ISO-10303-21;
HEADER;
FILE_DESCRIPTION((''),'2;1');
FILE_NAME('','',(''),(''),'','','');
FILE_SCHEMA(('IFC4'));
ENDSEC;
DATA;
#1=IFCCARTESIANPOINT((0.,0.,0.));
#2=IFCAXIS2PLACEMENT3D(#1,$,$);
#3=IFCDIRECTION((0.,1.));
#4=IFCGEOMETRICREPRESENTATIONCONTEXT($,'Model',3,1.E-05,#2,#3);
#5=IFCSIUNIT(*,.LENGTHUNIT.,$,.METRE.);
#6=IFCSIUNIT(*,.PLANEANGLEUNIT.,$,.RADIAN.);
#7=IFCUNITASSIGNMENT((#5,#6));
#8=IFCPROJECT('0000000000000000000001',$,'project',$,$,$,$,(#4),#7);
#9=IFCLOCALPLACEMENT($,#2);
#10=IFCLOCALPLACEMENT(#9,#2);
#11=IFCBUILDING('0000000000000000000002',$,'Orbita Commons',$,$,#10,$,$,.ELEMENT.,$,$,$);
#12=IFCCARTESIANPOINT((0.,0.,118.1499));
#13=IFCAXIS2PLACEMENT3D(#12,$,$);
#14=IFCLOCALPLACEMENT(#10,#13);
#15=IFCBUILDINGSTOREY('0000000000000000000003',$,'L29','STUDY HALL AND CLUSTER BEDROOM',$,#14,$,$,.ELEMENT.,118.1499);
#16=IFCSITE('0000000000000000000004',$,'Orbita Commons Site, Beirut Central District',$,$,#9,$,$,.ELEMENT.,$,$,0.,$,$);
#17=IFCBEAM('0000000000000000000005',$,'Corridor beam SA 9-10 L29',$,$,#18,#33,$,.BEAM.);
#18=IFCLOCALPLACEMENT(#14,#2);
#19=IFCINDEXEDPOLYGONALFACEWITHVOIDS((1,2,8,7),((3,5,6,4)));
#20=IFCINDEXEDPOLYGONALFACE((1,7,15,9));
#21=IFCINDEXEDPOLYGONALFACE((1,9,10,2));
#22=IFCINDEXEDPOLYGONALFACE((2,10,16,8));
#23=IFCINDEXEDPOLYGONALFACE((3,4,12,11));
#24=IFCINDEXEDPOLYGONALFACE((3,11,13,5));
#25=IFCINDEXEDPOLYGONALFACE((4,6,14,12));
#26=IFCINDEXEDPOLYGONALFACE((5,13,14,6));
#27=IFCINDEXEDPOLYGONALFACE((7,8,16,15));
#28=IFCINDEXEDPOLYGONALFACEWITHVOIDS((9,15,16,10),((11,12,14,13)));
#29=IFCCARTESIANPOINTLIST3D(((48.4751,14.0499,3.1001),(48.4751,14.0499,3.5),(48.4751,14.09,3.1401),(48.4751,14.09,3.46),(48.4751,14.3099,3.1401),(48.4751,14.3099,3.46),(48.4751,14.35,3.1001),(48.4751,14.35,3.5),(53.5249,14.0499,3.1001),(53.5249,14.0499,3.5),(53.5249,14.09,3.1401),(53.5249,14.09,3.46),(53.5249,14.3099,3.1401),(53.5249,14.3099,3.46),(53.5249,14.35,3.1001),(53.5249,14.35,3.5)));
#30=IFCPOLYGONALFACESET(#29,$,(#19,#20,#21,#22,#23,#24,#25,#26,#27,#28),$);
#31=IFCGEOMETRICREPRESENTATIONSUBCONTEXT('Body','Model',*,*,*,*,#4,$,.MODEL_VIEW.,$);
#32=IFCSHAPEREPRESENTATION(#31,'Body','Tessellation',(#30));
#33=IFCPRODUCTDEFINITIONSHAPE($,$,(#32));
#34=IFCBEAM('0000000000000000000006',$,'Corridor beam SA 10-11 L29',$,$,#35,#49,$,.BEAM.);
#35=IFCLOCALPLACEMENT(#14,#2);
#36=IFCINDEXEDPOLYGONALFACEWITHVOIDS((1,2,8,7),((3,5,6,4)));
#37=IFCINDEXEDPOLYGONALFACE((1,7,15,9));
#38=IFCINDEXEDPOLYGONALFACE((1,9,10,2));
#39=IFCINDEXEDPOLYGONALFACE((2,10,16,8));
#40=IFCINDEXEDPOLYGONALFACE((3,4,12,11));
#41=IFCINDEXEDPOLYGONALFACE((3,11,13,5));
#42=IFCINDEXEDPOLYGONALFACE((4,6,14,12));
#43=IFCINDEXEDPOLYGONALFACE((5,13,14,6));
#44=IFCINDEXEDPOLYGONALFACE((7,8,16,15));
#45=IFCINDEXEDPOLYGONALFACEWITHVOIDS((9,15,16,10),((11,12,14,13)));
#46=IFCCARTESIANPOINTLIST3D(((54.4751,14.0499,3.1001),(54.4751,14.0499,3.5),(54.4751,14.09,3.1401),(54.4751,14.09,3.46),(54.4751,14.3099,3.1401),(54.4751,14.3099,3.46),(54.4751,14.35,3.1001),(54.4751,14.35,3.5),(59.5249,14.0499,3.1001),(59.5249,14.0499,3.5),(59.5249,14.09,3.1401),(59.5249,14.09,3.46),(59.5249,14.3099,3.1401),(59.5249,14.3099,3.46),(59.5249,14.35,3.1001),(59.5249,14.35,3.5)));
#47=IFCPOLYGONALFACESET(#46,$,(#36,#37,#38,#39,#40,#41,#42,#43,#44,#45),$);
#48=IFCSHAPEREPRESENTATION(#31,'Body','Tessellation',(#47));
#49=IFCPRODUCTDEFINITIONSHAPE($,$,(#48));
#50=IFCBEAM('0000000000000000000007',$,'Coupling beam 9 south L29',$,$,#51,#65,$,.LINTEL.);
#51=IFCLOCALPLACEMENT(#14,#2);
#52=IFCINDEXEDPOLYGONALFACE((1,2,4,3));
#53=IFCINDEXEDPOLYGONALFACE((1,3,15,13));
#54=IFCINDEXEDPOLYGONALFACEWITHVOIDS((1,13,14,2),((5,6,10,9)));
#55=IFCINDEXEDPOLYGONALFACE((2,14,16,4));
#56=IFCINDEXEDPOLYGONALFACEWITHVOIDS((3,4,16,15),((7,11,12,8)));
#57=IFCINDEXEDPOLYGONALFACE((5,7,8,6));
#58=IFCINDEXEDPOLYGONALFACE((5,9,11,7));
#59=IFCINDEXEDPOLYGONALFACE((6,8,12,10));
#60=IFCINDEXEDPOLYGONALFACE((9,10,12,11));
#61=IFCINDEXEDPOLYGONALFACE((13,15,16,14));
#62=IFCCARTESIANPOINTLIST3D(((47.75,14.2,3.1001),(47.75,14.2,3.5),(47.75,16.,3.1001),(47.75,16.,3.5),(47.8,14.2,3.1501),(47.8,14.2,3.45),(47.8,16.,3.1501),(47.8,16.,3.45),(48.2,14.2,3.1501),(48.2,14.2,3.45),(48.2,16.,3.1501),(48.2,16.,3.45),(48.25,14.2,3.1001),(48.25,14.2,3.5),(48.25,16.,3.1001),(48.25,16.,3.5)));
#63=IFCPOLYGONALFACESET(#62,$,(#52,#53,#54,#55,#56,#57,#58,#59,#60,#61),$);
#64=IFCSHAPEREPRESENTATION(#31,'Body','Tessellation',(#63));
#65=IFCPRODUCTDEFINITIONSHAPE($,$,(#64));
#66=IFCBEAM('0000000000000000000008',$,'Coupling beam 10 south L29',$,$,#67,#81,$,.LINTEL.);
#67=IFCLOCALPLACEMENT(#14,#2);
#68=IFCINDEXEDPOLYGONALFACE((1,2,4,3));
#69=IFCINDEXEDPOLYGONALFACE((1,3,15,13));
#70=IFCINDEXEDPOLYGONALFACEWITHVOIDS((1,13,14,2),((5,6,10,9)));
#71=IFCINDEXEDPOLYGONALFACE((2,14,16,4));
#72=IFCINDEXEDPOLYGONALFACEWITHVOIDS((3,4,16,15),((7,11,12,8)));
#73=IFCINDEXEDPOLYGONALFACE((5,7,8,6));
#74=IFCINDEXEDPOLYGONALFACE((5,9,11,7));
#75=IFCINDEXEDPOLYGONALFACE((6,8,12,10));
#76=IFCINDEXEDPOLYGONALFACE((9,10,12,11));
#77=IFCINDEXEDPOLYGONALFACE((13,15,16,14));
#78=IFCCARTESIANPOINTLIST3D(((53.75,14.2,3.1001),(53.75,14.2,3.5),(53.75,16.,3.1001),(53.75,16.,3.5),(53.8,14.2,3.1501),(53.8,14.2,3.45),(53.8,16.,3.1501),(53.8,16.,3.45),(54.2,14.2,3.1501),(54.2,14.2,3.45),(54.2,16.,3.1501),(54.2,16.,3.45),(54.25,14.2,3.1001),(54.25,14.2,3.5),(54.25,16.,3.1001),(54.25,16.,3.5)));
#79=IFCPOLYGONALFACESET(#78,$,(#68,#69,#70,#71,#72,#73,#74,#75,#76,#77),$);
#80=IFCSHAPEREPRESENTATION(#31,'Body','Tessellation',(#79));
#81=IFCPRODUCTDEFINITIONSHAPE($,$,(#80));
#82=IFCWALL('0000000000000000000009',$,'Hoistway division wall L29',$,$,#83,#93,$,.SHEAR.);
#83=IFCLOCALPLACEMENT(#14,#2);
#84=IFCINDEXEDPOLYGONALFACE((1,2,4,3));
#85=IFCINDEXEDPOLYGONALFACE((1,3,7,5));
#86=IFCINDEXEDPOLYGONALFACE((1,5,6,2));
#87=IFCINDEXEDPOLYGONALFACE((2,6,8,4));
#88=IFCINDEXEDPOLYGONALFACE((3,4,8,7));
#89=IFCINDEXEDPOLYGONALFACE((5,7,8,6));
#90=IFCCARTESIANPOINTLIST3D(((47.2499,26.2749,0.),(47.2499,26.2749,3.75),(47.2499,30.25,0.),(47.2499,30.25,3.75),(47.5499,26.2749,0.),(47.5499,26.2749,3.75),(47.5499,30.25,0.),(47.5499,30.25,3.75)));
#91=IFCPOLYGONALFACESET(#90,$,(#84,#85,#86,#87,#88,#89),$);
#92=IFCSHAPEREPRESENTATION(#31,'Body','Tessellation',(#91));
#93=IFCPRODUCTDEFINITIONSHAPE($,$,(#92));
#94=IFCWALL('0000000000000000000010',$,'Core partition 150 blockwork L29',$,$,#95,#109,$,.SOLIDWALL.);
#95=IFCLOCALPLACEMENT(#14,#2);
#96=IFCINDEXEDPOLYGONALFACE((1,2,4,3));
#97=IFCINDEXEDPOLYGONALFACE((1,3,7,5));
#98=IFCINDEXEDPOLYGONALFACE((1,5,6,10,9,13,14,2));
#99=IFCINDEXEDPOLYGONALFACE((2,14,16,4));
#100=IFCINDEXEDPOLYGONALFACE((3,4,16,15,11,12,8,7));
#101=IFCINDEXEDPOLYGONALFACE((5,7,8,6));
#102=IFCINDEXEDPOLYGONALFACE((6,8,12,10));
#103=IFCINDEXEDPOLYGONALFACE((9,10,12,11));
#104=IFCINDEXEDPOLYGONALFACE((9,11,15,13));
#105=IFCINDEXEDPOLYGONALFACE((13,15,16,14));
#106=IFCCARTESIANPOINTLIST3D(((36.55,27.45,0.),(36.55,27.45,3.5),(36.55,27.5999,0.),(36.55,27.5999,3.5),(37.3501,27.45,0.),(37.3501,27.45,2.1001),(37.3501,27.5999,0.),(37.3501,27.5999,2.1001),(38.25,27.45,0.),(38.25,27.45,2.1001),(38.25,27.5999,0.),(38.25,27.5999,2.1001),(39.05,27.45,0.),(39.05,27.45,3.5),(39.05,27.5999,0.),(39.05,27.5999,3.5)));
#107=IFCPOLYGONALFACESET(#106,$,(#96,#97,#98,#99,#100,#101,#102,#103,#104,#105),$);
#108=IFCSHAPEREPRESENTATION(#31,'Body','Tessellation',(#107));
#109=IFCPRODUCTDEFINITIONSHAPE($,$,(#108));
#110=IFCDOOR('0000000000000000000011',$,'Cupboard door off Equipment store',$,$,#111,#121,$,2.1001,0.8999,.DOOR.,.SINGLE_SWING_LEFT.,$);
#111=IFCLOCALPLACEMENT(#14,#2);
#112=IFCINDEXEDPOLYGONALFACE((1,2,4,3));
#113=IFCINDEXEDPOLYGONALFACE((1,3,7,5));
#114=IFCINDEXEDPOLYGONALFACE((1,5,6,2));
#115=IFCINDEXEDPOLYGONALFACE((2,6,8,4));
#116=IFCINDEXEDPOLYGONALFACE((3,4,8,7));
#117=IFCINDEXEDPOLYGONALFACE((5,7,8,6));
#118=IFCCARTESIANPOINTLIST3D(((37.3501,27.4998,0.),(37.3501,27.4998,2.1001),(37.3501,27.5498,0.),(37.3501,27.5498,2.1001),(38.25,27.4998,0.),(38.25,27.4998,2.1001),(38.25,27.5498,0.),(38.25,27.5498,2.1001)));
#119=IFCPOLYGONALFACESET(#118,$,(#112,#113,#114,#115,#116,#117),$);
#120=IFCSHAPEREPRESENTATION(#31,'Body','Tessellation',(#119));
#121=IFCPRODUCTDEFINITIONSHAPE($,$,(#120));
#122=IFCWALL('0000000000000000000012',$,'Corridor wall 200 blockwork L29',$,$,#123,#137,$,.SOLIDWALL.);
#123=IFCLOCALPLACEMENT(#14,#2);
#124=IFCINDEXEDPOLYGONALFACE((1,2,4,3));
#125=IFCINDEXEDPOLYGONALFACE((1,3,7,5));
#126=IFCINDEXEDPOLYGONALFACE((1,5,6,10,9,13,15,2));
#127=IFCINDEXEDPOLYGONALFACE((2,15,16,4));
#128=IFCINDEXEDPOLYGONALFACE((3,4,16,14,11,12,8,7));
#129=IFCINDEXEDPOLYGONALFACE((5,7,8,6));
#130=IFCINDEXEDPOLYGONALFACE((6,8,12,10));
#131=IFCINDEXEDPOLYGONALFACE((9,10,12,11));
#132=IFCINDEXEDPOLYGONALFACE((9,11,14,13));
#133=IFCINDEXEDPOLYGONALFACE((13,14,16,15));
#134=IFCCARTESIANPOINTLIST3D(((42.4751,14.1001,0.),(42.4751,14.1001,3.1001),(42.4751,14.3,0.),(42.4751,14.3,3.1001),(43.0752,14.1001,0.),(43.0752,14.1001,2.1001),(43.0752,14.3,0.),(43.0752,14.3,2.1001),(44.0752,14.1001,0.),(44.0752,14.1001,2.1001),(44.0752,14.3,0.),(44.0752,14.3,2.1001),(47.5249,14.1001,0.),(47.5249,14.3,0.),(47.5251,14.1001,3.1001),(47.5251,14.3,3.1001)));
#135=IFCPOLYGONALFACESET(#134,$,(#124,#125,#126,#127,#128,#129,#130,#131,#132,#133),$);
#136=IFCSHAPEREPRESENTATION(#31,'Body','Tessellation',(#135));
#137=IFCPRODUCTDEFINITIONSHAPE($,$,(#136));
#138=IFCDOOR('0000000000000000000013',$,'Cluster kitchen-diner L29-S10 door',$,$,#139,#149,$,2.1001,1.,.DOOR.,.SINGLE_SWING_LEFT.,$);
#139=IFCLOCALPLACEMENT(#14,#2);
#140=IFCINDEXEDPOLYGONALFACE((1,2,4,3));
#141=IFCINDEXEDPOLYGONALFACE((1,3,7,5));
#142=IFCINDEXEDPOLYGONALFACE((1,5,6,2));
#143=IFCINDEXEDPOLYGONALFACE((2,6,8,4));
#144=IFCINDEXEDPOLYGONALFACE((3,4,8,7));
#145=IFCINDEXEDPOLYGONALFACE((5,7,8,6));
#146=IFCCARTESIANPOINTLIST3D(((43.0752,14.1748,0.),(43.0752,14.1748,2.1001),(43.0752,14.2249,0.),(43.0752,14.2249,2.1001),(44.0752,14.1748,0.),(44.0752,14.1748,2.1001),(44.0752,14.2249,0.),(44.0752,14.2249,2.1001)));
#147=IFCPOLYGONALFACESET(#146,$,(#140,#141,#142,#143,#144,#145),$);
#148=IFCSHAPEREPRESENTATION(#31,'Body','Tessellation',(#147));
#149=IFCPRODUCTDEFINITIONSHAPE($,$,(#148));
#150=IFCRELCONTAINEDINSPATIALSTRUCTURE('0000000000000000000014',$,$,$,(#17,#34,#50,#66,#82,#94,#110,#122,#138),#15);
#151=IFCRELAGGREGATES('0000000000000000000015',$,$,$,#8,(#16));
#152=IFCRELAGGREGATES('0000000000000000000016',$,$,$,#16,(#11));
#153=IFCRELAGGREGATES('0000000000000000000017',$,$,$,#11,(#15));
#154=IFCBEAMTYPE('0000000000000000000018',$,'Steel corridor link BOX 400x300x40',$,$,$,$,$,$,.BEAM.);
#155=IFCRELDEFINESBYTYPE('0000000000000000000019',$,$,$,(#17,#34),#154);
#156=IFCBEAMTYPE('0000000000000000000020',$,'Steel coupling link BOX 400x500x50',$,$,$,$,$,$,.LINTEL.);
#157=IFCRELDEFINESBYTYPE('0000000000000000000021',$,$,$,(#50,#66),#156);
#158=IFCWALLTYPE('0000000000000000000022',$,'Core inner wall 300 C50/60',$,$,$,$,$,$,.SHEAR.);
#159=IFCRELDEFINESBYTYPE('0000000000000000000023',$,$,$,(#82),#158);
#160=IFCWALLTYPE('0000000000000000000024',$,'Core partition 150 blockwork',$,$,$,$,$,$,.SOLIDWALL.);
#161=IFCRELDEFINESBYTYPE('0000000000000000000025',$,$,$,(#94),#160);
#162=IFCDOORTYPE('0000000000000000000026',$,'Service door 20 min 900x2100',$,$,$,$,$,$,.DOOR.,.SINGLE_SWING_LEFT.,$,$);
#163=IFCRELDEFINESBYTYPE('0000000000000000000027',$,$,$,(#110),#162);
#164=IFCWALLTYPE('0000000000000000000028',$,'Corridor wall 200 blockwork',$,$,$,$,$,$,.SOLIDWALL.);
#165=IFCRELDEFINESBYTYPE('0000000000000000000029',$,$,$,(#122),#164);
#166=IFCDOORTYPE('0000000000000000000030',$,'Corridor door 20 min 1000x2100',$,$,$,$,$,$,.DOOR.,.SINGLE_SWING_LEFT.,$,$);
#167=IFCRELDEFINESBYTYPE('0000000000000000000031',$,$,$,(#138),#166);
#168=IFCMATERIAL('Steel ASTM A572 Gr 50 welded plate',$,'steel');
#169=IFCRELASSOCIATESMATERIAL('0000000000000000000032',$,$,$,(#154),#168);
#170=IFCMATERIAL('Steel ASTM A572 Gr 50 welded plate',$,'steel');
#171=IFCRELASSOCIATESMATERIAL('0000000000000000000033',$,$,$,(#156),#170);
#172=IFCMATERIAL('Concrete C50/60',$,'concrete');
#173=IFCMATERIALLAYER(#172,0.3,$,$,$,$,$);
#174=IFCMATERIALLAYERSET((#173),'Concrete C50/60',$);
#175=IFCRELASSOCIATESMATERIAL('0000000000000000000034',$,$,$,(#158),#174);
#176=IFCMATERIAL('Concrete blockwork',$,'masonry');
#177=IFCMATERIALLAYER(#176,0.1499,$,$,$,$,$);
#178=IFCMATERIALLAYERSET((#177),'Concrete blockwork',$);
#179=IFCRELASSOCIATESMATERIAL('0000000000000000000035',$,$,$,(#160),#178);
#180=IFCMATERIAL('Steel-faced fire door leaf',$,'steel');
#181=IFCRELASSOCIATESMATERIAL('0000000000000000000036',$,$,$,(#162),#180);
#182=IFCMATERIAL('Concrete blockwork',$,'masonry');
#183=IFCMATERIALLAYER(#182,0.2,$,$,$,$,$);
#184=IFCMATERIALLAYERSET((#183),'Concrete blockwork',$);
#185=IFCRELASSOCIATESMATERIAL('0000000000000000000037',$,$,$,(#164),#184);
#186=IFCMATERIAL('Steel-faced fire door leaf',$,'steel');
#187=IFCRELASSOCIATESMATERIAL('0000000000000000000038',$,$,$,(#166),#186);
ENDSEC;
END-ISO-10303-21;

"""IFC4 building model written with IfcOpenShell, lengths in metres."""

from ifc_helpers import new_model, si_unit, direction, frame, frame_2d, origin, origin_2d, place, context, subcontext, project, spatial, polyline, rectangle, hollow_rectangle, outline, extrude, material, layer, layer_set, material_profile, profile_set, type_object, element, fill, save


model = new_model("IFC4")

# Units and contexts
model_context = context("Model", 3, precision=1e-05, world=origin(), true_north=direction((0.0, 1.0)))
body_context = subcontext(model_context, "Body", "Model", "MODEL_VIEW")
ifc_project = project(units=[si_unit("LENGTHUNIT", "METRE"), si_unit("PLANEANGLEUNIT", "RADIAN")], contexts=[model_context])

# Site, building, storey
site_placement = place(None, origin())
site = spatial("IfcSite", under=ifc_project, at=site_placement, Name="Orbita Commons Site, Beirut Central District", CompositionType="ELEMENT", RefElevation=0.0)
building_placement = place(site_placement, origin())
building = spatial("IfcBuilding", under=site, at=building_placement, Name="Orbita Commons", CompositionType="ELEMENT")
storey_placement = place(building_placement, frame((0.0, 0.0, 118.1499)))
storey = spatial("IfcBuildingStorey", under=building, at=storey_placement, Name="L29", Description="STUDY HALL AND CLUSTER BEDROOM", CompositionType="ELEMENT", Elevation=118.1499)

# Beams
ifc_material_1 = material(Name="Steel ASTM A572 Gr 50 welded plate", Category="steel")
ifc_material_profile_1 = material_profile(ifc_material_1, hollow_rectangle(XDim=0.3, YDim=0.3999, WallThickness=0.04, at=origin_2d()), Name="BOX 400x300x40")
ifc_profile_set_1 = profile_set([ifc_material_profile_1], Name="Steel ASTM A572 Gr 50 welded plate")
beam_type_1 = type_object("IfcBeamType", Name="Steel corridor link BOX 400x300x40", PredefinedType="BEAM", material=ifc_profile_set_1)
for number, where, z_axis, x_axis, name in (
    (1, (48.4751, 14.2, 3.3), (1.0, 0.0, 0.0), (0.0, 1.0, 0.0), "Corridor beam SA 9-10 L29"),
    (2, (54.4751, 14.2, 3.3), (1.0, 0.0, 0.0), (0.0, 1.0, 0.0), "Corridor beam SA 10-11 L29"),
):
    element("IfcBeam", number, at=place(storey_placement, frame(where, z_axis=z_axis, x_axis=x_axis)), inside=storey, type_object=beam_type_1, Name=name, PredefinedType="BEAM", context=body_context, shape_type="SweptSolid", body=[
        extrude(hollow_rectangle(XDim=0.3, YDim=0.3999, WallThickness=0.04, at=origin_2d()), origin(), (0.0, 0.0, 1.0), 5.0498),
    ])
ifc_material_2 = material(Name="Steel ASTM A572 Gr 50 welded plate", Category="steel")
ifc_material_profile_2 = material_profile(ifc_material_2, hollow_rectangle(XDim=0.5, YDim=0.3999, WallThickness=0.05, at=origin_2d()), Name="BOX 400x500x50")
ifc_profile_set_2 = profile_set([ifc_material_profile_2], Name="Steel ASTM A572 Gr 50 welded plate")
beam_type_2 = type_object("IfcBeamType", Name="Steel coupling link BOX 400x500x50", PredefinedType="LINTEL", material=ifc_profile_set_2)
for number, where, z_axis, x_axis, name in (
    (3, (48.0, 14.2, 3.3), (0.0, 1.0, 0.0), (-1.0, 0.0, 0.0), "Coupling beam 9 south L29"),
    (4, (54.0, 14.2, 3.3), (0.0, 1.0, 0.0), (-1.0, 0.0, 0.0), "Coupling beam 10 south L29"),
):
    element("IfcBeam", number, at=place(storey_placement, frame(where, z_axis=z_axis, x_axis=x_axis)), inside=storey, type_object=beam_type_2, Name=name, PredefinedType="LINTEL", context=body_context, shape_type="SweptSolid", body=[
        extrude(hollow_rectangle(XDim=0.5, YDim=0.3999, WallThickness=0.05, at=origin_2d()), origin(), (0.0, 0.0, 1.0), 1.8),
    ])

# Wall
ifc_material_3 = material(Name="Concrete C50/60", Category="concrete")
ifc_layer_1 = layer(ifc_material_3, 0.3)
ifc_layer_set_1 = layer_set([ifc_layer_1], Name="Concrete C50/60")
wall_type_1 = type_object("IfcWallType", Name="Core inner wall 300 C50/60", PredefinedType="SHEAR", material=ifc_layer_set_1)
wall_1_placement = place(storey_placement, frame((47.3999, 26.2749, 0.0), z_axis=(0.0, 0.0, 1.0), x_axis=(0.0, 1.0, 0.0)))
element("IfcWall", 5, at=wall_1_placement, inside=storey, type_object=wall_type_1, Name="Hoistway division wall L29", PredefinedType="SHEAR", context=body_context, shape_type="SweptSolid", body=[
    extrude(rectangle(XDim=3.9751, YDim=0.3, at=frame_2d((1.9875, 0.0))), origin(), (0.0, 0.0, 1.0), 3.75),
])

# Walls, openings, doors
ifc_material_4 = material(Name="Concrete blockwork", Category="masonry")
ifc_layer_2 = layer(ifc_material_4, 0.1499)
ifc_layer_set_2 = layer_set([ifc_layer_2], Name="Concrete blockwork")
wall_type_2 = type_object("IfcWallType", Name="Core partition 150 blockwork", PredefinedType="SOLIDWALL", material=ifc_layer_set_2)
wall_2_placement = place(storey_placement, frame((36.55, 27.5249, 0.0), z_axis=(0.0, 0.0, 1.0), x_axis=(1.0, 0.0, 0.0)))
wall_2 = element("IfcWall", 6, at=wall_2_placement, inside=storey, type_object=wall_type_2, Name="Core partition 150 blockwork L29", PredefinedType="SOLIDWALL", context=body_context, shape_type="SweptSolid", body=[
    extrude(rectangle(XDim=2.5, YDim=0.1499, at=frame_2d((1.25, 0.0))), origin(), (0.0, 0.0, 1.0), 3.5),
])
opening_1_placement = place(wall_2_placement, frame((0.8, 0.0, 0.0)))
opening_1 = element("IfcOpeningElement", 7, at=opening_1_placement, cuts=wall_2, PredefinedType="OPENING", context=body_context, shape_type="SweptSolid", body=[
    extrude(rectangle(XDim=0.8999, YDim=2.1001, at=frame_2d((0.45, 1.05))), frame((0.0, 0.085, 0.0), z_axis=(0.0, -1.0, 0.0), x_axis=(1.0, 0.0, 0.0)), (0.0, 0.0, 1.0), 0.1699),
])
ifc_material_5 = material(Name="Steel-faced fire door leaf", Category="steel")
door_type_1 = type_object("IfcDoorType", Name="Service door 20 min 900x2100", OperationType="SINGLE_SWING_LEFT", PredefinedType="DOOR", material=ifc_material_5)
door_1_placement = place(opening_1_placement, origin())
door_1 = element("IfcDoor", 8, at=door_1_placement, inside=storey, type_object=door_type_1, Name="Cupboard door off Equipment store", OperationType="SINGLE_SWING_LEFT", OverallHeight=2.1001, OverallWidth=0.8999, PredefinedType="DOOR", context=body_context, shape_type="SweptSolid", body=[
    extrude(rectangle(XDim=0.8999, YDim=2.1001, at=frame_2d((0.45, 1.05))), frame((0.0, 0.0249, 0.0), z_axis=(0.0, -1.0, 0.0), x_axis=(1.0, 0.0, 0.0)), (0.0, 0.0, 1.0), 0.05),
])
fill(opening_1, door_1)
ifc_material_6 = material(Name="Concrete blockwork", Category="masonry")
ifc_layer_3 = layer(ifc_material_6, 0.2)
ifc_layer_set_3 = layer_set([ifc_layer_3], Name="Concrete blockwork")
wall_type_3 = type_object("IfcWallType", Name="Corridor wall 200 blockwork", PredefinedType="SOLIDWALL", material=ifc_layer_set_3)
wall_3_placement = place(storey_placement, frame((42.4751, 14.2, 0.0), z_axis=(0.0, 0.0, 1.0), x_axis=(1.0, 0.0, 0.0)))
wall_3 = element("IfcWall", 9, at=wall_3_placement, inside=storey, type_object=wall_type_3, Name="Corridor wall 200 blockwork L29", PredefinedType="SOLIDWALL", context=body_context, shape_type="SweptSolid", body=[
    extrude(outline(polyline([(0.0, 0.0), (5.0498, 0.0), (5.05, 3.1001), (0.0, 3.1001), (0.0, 0.0)])), frame((0.0, 0.1001, 0.0), z_axis=(0.0, -1.0, 0.0), x_axis=(1.0, 0.0, 0.0)), (0.0, 0.0, 1.0), 0.2),
])
opening_2_placement = place(wall_3_placement, frame((0.6001, 0.0, 0.0)))
opening_2 = element("IfcOpeningElement", 10, at=opening_2_placement, cuts=wall_3, PredefinedType="OPENING", context=body_context, shape_type="SweptSolid", body=[
    extrude(rectangle(XDim=1.0, YDim=2.1001, at=frame_2d((0.5, 1.05))), frame((0.0, 0.1099, 0.0), z_axis=(0.0, -1.0, 0.0), x_axis=(1.0, 0.0, 0.0)), (0.0, 0.0, 1.0), 0.22),
])
ifc_material_7 = material(Name="Steel-faced fire door leaf", Category="steel")
door_type_2 = type_object("IfcDoorType", Name="Corridor door 20 min 1000x2100", OperationType="SINGLE_SWING_LEFT", PredefinedType="DOOR", material=ifc_material_7)
door_2_placement = place(opening_2_placement, origin())
door_2 = element("IfcDoor", 11, at=door_2_placement, inside=storey, type_object=door_type_2, Name="Cluster kitchen-diner L29-S10 door", OperationType="SINGLE_SWING_LEFT", OverallHeight=2.1001, OverallWidth=1.0, PredefinedType="DOOR", context=body_context, shape_type="SweptSolid", body=[
    extrude(rectangle(XDim=1.0, YDim=2.1001, at=frame_2d((0.5, 1.05))), frame((0.0, 0.0249, 0.0), z_axis=(0.0, -1.0, 0.0), x_axis=(1.0, 0.0, 0.0)), (0.0, 0.0, 1.0), 0.05),
])
fill(opening_2, door_2)

save(model, "model.ifc")
